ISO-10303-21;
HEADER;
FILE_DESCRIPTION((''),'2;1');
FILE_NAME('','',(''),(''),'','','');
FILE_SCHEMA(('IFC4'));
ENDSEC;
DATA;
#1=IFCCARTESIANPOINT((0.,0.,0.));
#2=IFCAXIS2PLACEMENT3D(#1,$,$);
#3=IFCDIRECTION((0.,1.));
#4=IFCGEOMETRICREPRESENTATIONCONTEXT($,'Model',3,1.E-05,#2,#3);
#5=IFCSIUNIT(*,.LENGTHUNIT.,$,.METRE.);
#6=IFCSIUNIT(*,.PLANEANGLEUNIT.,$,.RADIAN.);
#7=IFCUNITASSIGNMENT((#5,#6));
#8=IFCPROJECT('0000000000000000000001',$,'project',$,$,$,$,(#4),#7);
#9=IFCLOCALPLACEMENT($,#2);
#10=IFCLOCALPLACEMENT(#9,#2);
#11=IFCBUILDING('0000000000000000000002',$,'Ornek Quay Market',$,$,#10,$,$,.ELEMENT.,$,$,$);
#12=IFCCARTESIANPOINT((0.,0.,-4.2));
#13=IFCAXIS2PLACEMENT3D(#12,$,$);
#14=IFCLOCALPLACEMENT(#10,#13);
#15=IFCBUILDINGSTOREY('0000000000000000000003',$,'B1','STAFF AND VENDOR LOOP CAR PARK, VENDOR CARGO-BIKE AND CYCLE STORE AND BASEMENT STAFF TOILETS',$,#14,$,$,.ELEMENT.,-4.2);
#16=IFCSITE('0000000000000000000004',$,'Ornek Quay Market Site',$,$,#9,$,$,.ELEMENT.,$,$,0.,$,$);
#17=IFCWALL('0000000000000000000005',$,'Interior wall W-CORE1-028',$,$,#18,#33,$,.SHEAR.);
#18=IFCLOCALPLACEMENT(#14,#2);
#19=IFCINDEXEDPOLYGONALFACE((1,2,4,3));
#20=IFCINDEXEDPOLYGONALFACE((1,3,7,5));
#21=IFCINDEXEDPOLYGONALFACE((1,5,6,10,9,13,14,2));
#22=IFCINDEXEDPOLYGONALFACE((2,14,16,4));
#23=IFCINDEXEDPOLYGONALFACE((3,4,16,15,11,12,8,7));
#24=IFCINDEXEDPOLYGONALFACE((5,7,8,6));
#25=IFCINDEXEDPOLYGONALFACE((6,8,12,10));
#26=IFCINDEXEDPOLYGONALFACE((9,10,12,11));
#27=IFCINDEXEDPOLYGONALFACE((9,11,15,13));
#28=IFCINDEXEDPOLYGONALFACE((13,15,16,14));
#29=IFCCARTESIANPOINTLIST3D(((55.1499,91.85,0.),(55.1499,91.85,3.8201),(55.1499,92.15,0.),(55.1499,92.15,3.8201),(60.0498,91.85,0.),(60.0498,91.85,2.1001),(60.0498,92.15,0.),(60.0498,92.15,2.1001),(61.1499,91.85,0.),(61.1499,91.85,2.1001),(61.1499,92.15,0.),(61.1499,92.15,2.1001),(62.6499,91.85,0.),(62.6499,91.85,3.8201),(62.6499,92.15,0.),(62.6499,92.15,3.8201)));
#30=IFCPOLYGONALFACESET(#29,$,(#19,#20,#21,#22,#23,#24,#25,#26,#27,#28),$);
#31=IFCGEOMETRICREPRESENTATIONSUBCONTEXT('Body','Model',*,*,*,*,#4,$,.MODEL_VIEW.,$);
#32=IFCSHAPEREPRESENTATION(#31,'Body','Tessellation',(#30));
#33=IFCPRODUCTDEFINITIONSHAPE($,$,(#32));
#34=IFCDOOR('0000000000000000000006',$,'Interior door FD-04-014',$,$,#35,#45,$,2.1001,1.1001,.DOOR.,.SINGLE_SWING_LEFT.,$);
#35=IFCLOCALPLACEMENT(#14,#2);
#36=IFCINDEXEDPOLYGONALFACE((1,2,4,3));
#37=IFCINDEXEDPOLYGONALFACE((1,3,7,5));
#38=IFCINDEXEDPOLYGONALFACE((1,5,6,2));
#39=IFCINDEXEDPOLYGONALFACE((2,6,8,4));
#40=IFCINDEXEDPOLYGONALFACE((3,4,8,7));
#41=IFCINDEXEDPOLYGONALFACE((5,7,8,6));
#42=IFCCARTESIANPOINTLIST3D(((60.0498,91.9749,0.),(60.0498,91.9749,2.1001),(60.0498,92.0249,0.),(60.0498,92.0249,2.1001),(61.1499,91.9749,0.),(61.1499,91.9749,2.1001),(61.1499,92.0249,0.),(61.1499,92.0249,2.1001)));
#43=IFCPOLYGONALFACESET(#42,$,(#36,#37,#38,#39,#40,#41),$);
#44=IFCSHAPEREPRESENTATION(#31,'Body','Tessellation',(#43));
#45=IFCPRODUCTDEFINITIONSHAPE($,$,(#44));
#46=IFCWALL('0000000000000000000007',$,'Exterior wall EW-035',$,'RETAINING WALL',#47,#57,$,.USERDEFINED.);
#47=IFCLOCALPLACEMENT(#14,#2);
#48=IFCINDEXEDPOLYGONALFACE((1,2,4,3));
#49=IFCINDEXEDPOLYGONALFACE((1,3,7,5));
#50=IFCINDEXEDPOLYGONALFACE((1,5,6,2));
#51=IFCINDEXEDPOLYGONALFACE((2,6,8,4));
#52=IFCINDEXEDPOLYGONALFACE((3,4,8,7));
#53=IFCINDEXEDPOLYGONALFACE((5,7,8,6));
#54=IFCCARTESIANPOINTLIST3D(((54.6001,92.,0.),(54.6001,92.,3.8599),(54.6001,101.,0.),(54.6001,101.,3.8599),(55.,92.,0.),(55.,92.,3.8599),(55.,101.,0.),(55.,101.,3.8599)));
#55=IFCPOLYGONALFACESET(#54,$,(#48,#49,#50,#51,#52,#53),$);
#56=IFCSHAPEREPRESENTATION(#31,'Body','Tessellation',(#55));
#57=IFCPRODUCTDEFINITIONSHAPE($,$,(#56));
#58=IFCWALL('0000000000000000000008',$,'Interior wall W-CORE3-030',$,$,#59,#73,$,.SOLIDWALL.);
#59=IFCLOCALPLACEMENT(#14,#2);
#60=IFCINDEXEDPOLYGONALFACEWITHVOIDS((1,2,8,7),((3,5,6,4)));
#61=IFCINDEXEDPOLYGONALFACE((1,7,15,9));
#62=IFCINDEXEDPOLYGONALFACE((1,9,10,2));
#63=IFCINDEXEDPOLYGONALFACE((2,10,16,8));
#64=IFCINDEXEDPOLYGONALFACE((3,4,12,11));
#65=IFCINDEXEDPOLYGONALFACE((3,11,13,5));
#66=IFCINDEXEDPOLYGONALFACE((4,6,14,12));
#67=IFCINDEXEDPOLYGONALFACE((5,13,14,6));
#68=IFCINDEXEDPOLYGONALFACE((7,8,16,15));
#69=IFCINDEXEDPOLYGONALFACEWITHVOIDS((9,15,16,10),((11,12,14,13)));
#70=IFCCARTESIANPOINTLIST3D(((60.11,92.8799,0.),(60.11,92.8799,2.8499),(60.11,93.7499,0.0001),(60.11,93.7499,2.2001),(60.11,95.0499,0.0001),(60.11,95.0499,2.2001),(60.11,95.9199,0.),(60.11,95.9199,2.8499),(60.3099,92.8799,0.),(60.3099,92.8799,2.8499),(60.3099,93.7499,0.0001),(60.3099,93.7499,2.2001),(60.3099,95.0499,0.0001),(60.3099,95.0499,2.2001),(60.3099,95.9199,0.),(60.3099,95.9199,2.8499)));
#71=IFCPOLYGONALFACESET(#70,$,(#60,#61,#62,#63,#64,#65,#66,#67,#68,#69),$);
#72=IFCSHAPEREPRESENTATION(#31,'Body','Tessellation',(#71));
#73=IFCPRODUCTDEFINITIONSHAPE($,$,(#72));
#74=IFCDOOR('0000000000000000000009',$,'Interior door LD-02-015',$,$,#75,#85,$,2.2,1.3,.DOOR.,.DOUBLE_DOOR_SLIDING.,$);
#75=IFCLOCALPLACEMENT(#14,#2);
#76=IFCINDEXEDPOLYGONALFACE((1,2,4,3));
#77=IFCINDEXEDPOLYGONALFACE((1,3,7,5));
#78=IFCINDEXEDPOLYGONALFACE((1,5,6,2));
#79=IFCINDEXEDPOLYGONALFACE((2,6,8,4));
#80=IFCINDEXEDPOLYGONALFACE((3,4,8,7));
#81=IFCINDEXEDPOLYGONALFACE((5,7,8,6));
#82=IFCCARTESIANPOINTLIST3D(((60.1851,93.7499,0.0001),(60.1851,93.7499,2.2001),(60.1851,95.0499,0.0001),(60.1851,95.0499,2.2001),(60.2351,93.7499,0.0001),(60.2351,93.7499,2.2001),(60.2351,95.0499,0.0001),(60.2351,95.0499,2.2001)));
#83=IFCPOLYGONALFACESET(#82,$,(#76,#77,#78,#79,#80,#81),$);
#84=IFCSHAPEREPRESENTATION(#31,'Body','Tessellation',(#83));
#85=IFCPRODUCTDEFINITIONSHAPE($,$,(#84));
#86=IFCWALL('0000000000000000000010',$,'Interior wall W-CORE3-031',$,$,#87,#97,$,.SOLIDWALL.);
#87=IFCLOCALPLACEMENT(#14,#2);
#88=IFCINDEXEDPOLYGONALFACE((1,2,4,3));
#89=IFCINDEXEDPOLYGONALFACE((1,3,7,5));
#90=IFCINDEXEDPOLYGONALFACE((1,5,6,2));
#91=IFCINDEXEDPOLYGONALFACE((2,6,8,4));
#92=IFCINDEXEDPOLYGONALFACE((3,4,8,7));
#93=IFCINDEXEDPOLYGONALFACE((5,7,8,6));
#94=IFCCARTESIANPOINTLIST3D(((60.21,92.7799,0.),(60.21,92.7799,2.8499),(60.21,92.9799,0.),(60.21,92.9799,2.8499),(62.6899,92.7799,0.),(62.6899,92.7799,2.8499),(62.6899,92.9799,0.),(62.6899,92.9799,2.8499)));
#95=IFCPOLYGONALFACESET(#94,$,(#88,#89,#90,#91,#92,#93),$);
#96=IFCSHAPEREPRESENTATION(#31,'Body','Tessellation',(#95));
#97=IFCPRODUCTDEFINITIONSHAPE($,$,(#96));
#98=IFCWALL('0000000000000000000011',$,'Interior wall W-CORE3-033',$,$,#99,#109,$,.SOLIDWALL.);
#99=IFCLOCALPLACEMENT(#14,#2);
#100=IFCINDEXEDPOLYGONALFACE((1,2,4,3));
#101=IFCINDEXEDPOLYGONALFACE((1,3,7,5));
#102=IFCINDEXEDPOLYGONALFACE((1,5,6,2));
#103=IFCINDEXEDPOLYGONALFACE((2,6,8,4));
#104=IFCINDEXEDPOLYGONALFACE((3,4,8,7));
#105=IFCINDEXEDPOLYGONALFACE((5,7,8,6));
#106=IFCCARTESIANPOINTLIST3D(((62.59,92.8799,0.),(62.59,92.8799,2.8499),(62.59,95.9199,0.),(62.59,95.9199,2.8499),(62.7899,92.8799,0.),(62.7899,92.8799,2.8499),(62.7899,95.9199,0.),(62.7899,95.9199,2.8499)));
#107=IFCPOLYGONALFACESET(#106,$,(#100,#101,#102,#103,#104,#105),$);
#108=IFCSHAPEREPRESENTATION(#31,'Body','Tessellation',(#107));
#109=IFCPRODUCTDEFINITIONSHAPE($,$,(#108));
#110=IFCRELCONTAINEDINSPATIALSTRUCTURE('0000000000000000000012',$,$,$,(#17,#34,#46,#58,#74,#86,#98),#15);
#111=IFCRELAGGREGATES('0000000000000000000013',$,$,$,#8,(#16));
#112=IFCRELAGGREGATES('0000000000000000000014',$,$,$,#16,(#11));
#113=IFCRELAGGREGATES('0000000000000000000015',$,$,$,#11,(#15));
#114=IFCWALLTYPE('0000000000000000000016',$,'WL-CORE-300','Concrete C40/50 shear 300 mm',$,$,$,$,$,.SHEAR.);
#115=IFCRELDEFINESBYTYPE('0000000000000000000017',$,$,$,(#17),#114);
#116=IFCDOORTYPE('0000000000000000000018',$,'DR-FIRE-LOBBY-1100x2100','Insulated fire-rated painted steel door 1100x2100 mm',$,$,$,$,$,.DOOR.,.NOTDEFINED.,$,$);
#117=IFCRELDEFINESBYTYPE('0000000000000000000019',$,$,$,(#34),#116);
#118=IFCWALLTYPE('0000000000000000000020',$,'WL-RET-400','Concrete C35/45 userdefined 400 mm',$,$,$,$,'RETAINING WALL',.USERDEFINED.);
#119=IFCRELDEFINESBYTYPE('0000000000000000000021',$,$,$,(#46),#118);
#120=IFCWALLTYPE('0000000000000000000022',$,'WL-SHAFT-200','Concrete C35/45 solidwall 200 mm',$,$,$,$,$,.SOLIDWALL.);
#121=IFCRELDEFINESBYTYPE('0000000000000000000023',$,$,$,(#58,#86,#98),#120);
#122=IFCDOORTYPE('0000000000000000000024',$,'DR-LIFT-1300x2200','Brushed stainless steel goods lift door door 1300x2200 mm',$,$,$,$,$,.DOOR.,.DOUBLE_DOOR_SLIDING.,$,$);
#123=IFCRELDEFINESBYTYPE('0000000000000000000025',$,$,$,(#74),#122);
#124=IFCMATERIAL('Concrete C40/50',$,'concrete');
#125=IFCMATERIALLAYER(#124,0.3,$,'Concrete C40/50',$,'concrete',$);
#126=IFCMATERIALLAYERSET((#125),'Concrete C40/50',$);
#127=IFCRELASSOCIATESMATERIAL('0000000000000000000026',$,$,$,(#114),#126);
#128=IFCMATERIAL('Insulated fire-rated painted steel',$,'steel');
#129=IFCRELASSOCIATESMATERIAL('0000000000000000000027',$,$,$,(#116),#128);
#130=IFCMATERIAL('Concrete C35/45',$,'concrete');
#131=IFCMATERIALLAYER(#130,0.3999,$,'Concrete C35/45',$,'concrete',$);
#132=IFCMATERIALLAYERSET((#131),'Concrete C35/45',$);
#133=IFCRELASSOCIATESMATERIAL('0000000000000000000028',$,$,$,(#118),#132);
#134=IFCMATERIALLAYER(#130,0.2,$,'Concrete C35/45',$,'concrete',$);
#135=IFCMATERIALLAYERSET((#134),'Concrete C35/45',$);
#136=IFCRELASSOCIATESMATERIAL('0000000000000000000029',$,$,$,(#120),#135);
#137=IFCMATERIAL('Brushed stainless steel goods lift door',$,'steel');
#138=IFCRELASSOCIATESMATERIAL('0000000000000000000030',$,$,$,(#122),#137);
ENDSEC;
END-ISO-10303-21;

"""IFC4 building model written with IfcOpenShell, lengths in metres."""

from ifc_helpers import new_model, si_unit, direction, frame, frame_2d, origin, place, context, subcontext, project, spatial, rectangle, extrude, material, layer, layer_set, type_object, element, fill, save


model = new_model("IFC4")

# Units and contexts
model_context = context("Model", 3, precision=1e-05, world=origin(), true_north=direction((0.0, 1.0)))
body_context = subcontext(model_context, "Body", "Model", "MODEL_VIEW")
ifc_project = project(units=[si_unit("LENGTHUNIT", "METRE"), si_unit("PLANEANGLEUNIT", "RADIAN")], contexts=[model_context])

# Site, building, storey
site_placement = place(None, origin())
site = spatial("IfcSite", under=ifc_project, at=site_placement, Name="Ornek Quay Market Site", CompositionType="ELEMENT", RefElevation=0.0)
building_placement = place(site_placement, origin())
building = spatial("IfcBuilding", under=site, at=building_placement, Name="Ornek Quay Market", CompositionType="ELEMENT")
storey_placement = place(building_placement, frame((0.0, 0.0, -4.2)))
storey = spatial("IfcBuildingStorey", under=building, at=storey_placement, Name="B1", Description="STAFF AND VENDOR LOOP CAR PARK, VENDOR CARGO-BIKE AND CYCLE STORE AND BASEMENT STAFF TOILETS", CompositionType="ELEMENT", Elevation=-4.2)

# Shared definitions
ifc_material_1 = material(Name="Concrete C35/45", Category="concrete")

# Shared definitions
ifc_material_2 = material(Name="Concrete C40/50", Category="concrete")

# Shared definitions
ifc_layer_1 = layer(ifc_material_2, 0.3, Name="Concrete C40/50", Category="concrete")
ifc_layer_set_1 = layer_set([ifc_layer_1], Name="Concrete C40/50")
wall_type_1 = type_object("IfcWallType", Name="WL-CORE-300", Description="Concrete C40/50 shear 300 mm", PredefinedType="SHEAR", material=ifc_layer_set_1)
ifc_material_3 = material(Name="Insulated fire-rated painted steel", Category="steel")

# Wall, opening, door
wall_1_placement = place(storey_placement, frame((55.1499, 92.0, 0.0), z_axis=(0.0, 0.0, 1.0), x_axis=(1.0, 0.0, 0.0)))
wall_1 = element("IfcWall", 1, at=wall_1_placement, inside=storey, type_object=wall_type_1, Name="Interior wall W-CORE1-028", PredefinedType="SHEAR", context=body_context, shape_type="SweptSolid", body=[
    extrude(rectangle(XDim=7.5, YDim=0.3, at=frame_2d((3.75, 0.0))), origin(), (0.0, 0.0, 1.0), 3.8201),
])
opening_1_placement = place(wall_1_placement, frame((4.8999, 0.0, 0.0)))
opening_1 = element("IfcOpeningElement", 2, at=opening_1_placement, cuts=wall_1, PredefinedType="OPENING", context=body_context, shape_type="SweptSolid", body=[
    extrude(rectangle(XDim=1.1001, YDim=2.1001, at=frame_2d((0.55, 1.05))), frame((0.0, 0.1599, 0.0), z_axis=(0.0, -1.0, 0.0), x_axis=(1.0, 0.0, 0.0)), (0.0, 0.0, 1.0), 0.3201),
])
door_type_1 = type_object("IfcDoorType", Name="DR-FIRE-LOBBY-1100x2100", Description="Insulated fire-rated painted steel door 1100x2100 mm", OperationType="NOTDEFINED", PredefinedType="DOOR", material=ifc_material_3)
door_1_placement = place(opening_1_placement, origin())
door_1 = element("IfcDoor", 3, at=door_1_placement, inside=storey, type_object=door_type_1, Name="Interior door FD-04-014", OperationType="SINGLE_SWING_LEFT", OverallHeight=2.1001, OverallWidth=1.1001, PredefinedType="DOOR", context=body_context, shape_type="SweptSolid", body=[
    extrude(rectangle(XDim=1.1001, YDim=2.1001, at=frame_2d((0.55, 1.05))), frame((0.0, 0.0249, 0.0), z_axis=(0.0, -1.0, 0.0), x_axis=(1.0, 0.0, 0.0)), (0.0, 0.0, 1.0), 0.05),
])
fill(opening_1, door_1)

# Wall
ifc_layer_2 = layer(ifc_material_1, 0.3999, Name="Concrete C35/45", Category="concrete")
ifc_layer_set_2 = layer_set([ifc_layer_2], Name="Concrete C35/45")
wall_type_2 = type_object("IfcWallType", Name="WL-RET-400", Description="Concrete C35/45 userdefined 400 mm", ElementType="RETAINING WALL", PredefinedType="USERDEFINED", material=ifc_layer_set_2)
wall_2_placement = place(storey_placement, frame((54.8, 92.0, 0.0), z_axis=(0.0, 0.0, 1.0), x_axis=(0.0, 1.0, 0.0)))
element("IfcWall", 4, at=wall_2_placement, inside=storey, type_object=wall_type_2, Name="Exterior wall EW-035", ObjectType="RETAINING WALL", PredefinedType="USERDEFINED", context=body_context, shape_type="SweptSolid", body=[
    extrude(rectangle(XDim=9.0, YDim=0.3999, at=frame_2d((4.5, 0.0))), origin(), (0.0, 0.0, 1.0), 3.8599),
])

# Wall, opening, door
ifc_layer_3 = layer(ifc_material_1, 0.2, Name="Concrete C35/45", Category="concrete")
ifc_layer_set_3 = layer_set([ifc_layer_3], Name="Concrete C35/45")
wall_type_3 = type_object("IfcWallType", Name="WL-SHAFT-200", Description="Concrete C35/45 solidwall 200 mm", PredefinedType="SOLIDWALL", material=ifc_layer_set_3)
wall_3_placement = place(storey_placement, frame((60.21, 92.8799, 0.0), z_axis=(0.0, 0.0, 1.0), x_axis=(0.0, 1.0, 0.0)))
wall_3 = element("IfcWall", 5, at=wall_3_placement, inside=storey, type_object=wall_type_3, Name="Interior wall W-CORE3-030", PredefinedType="SOLIDWALL", context=body_context, shape_type="SweptSolid", body=[
    extrude(rectangle(XDim=3.04, YDim=0.2, at=frame_2d((1.52, 0.0))), origin(), (0.0, 0.0, 1.0), 2.8499),
])
opening_2_placement = place(wall_3_placement, frame((0.8701, 0.0, 0.0)))
opening_2 = element("IfcOpeningElement", 6, at=opening_2_placement, cuts=wall_3, PredefinedType="OPENING", context=body_context, shape_type="SweptSolid", body=[
    extrude(rectangle(XDim=1.3, YDim=2.2, at=frame_2d((0.6499, 1.1001))), frame((0.0, 0.1099, 0.0), z_axis=(0.0, -1.0, 0.0), x_axis=(1.0, 0.0, 0.0)), (0.0, 0.0, 1.0), 0.22),
])
ifc_material_4 = material(Name="Brushed stainless steel goods lift door", Category="steel")
door_type_2 = type_object("IfcDoorType", Name="DR-LIFT-1300x2200", Description="Brushed stainless steel goods lift door door 1300x2200 mm", OperationType="DOUBLE_DOOR_SLIDING", PredefinedType="DOOR", material=ifc_material_4)
door_2_placement = place(opening_2_placement, origin())
door_2 = element("IfcDoor", 7, at=door_2_placement, inside=storey, type_object=door_type_2, Name="Interior door LD-02-015", OperationType="DOUBLE_DOOR_SLIDING", OverallHeight=2.2, OverallWidth=1.3, PredefinedType="DOOR", context=body_context, shape_type="SweptSolid", body=[
    extrude(rectangle(XDim=1.3, YDim=2.2, at=frame_2d((0.6499, 1.1001))), frame((0.0, 0.0249, 0.0), z_axis=(0.0, -1.0, 0.0), x_axis=(1.0, 0.0, 0.0)), (0.0, 0.0, 1.0), 0.05),
])
fill(opening_2, door_2)

# Walls
wall_4_placement = place(storey_placement, frame((60.21, 92.8799, 0.0), z_axis=(0.0, 0.0, 1.0), x_axis=(1.0, 0.0, 0.0)))
element("IfcWall", 8, at=wall_4_placement, inside=storey, type_object=wall_type_3, Name="Interior wall W-CORE3-031", PredefinedType="SOLIDWALL", context=body_context, shape_type="SweptSolid", body=[
    extrude(rectangle(XDim=2.48, YDim=0.2, at=frame_2d((1.24, 0.0))), origin(), (0.0, 0.0, 1.0), 2.8499),
])
wall_5_placement = place(storey_placement, frame((62.6899, 92.8799, 0.0), z_axis=(0.0, 0.0, 1.0), x_axis=(0.0, 1.0, 0.0)))
element("IfcWall", 9, at=wall_5_placement, inside=storey, type_object=wall_type_3, Name="Interior wall W-CORE3-033", PredefinedType="SOLIDWALL", context=body_context, shape_type="SweptSolid", body=[
    extrude(rectangle(XDim=3.04, YDim=0.2, at=frame_2d((1.52, 0.0))), origin(), (0.0, 0.0, 1.0), 2.8499),
])

save(model, "model.ifc")
